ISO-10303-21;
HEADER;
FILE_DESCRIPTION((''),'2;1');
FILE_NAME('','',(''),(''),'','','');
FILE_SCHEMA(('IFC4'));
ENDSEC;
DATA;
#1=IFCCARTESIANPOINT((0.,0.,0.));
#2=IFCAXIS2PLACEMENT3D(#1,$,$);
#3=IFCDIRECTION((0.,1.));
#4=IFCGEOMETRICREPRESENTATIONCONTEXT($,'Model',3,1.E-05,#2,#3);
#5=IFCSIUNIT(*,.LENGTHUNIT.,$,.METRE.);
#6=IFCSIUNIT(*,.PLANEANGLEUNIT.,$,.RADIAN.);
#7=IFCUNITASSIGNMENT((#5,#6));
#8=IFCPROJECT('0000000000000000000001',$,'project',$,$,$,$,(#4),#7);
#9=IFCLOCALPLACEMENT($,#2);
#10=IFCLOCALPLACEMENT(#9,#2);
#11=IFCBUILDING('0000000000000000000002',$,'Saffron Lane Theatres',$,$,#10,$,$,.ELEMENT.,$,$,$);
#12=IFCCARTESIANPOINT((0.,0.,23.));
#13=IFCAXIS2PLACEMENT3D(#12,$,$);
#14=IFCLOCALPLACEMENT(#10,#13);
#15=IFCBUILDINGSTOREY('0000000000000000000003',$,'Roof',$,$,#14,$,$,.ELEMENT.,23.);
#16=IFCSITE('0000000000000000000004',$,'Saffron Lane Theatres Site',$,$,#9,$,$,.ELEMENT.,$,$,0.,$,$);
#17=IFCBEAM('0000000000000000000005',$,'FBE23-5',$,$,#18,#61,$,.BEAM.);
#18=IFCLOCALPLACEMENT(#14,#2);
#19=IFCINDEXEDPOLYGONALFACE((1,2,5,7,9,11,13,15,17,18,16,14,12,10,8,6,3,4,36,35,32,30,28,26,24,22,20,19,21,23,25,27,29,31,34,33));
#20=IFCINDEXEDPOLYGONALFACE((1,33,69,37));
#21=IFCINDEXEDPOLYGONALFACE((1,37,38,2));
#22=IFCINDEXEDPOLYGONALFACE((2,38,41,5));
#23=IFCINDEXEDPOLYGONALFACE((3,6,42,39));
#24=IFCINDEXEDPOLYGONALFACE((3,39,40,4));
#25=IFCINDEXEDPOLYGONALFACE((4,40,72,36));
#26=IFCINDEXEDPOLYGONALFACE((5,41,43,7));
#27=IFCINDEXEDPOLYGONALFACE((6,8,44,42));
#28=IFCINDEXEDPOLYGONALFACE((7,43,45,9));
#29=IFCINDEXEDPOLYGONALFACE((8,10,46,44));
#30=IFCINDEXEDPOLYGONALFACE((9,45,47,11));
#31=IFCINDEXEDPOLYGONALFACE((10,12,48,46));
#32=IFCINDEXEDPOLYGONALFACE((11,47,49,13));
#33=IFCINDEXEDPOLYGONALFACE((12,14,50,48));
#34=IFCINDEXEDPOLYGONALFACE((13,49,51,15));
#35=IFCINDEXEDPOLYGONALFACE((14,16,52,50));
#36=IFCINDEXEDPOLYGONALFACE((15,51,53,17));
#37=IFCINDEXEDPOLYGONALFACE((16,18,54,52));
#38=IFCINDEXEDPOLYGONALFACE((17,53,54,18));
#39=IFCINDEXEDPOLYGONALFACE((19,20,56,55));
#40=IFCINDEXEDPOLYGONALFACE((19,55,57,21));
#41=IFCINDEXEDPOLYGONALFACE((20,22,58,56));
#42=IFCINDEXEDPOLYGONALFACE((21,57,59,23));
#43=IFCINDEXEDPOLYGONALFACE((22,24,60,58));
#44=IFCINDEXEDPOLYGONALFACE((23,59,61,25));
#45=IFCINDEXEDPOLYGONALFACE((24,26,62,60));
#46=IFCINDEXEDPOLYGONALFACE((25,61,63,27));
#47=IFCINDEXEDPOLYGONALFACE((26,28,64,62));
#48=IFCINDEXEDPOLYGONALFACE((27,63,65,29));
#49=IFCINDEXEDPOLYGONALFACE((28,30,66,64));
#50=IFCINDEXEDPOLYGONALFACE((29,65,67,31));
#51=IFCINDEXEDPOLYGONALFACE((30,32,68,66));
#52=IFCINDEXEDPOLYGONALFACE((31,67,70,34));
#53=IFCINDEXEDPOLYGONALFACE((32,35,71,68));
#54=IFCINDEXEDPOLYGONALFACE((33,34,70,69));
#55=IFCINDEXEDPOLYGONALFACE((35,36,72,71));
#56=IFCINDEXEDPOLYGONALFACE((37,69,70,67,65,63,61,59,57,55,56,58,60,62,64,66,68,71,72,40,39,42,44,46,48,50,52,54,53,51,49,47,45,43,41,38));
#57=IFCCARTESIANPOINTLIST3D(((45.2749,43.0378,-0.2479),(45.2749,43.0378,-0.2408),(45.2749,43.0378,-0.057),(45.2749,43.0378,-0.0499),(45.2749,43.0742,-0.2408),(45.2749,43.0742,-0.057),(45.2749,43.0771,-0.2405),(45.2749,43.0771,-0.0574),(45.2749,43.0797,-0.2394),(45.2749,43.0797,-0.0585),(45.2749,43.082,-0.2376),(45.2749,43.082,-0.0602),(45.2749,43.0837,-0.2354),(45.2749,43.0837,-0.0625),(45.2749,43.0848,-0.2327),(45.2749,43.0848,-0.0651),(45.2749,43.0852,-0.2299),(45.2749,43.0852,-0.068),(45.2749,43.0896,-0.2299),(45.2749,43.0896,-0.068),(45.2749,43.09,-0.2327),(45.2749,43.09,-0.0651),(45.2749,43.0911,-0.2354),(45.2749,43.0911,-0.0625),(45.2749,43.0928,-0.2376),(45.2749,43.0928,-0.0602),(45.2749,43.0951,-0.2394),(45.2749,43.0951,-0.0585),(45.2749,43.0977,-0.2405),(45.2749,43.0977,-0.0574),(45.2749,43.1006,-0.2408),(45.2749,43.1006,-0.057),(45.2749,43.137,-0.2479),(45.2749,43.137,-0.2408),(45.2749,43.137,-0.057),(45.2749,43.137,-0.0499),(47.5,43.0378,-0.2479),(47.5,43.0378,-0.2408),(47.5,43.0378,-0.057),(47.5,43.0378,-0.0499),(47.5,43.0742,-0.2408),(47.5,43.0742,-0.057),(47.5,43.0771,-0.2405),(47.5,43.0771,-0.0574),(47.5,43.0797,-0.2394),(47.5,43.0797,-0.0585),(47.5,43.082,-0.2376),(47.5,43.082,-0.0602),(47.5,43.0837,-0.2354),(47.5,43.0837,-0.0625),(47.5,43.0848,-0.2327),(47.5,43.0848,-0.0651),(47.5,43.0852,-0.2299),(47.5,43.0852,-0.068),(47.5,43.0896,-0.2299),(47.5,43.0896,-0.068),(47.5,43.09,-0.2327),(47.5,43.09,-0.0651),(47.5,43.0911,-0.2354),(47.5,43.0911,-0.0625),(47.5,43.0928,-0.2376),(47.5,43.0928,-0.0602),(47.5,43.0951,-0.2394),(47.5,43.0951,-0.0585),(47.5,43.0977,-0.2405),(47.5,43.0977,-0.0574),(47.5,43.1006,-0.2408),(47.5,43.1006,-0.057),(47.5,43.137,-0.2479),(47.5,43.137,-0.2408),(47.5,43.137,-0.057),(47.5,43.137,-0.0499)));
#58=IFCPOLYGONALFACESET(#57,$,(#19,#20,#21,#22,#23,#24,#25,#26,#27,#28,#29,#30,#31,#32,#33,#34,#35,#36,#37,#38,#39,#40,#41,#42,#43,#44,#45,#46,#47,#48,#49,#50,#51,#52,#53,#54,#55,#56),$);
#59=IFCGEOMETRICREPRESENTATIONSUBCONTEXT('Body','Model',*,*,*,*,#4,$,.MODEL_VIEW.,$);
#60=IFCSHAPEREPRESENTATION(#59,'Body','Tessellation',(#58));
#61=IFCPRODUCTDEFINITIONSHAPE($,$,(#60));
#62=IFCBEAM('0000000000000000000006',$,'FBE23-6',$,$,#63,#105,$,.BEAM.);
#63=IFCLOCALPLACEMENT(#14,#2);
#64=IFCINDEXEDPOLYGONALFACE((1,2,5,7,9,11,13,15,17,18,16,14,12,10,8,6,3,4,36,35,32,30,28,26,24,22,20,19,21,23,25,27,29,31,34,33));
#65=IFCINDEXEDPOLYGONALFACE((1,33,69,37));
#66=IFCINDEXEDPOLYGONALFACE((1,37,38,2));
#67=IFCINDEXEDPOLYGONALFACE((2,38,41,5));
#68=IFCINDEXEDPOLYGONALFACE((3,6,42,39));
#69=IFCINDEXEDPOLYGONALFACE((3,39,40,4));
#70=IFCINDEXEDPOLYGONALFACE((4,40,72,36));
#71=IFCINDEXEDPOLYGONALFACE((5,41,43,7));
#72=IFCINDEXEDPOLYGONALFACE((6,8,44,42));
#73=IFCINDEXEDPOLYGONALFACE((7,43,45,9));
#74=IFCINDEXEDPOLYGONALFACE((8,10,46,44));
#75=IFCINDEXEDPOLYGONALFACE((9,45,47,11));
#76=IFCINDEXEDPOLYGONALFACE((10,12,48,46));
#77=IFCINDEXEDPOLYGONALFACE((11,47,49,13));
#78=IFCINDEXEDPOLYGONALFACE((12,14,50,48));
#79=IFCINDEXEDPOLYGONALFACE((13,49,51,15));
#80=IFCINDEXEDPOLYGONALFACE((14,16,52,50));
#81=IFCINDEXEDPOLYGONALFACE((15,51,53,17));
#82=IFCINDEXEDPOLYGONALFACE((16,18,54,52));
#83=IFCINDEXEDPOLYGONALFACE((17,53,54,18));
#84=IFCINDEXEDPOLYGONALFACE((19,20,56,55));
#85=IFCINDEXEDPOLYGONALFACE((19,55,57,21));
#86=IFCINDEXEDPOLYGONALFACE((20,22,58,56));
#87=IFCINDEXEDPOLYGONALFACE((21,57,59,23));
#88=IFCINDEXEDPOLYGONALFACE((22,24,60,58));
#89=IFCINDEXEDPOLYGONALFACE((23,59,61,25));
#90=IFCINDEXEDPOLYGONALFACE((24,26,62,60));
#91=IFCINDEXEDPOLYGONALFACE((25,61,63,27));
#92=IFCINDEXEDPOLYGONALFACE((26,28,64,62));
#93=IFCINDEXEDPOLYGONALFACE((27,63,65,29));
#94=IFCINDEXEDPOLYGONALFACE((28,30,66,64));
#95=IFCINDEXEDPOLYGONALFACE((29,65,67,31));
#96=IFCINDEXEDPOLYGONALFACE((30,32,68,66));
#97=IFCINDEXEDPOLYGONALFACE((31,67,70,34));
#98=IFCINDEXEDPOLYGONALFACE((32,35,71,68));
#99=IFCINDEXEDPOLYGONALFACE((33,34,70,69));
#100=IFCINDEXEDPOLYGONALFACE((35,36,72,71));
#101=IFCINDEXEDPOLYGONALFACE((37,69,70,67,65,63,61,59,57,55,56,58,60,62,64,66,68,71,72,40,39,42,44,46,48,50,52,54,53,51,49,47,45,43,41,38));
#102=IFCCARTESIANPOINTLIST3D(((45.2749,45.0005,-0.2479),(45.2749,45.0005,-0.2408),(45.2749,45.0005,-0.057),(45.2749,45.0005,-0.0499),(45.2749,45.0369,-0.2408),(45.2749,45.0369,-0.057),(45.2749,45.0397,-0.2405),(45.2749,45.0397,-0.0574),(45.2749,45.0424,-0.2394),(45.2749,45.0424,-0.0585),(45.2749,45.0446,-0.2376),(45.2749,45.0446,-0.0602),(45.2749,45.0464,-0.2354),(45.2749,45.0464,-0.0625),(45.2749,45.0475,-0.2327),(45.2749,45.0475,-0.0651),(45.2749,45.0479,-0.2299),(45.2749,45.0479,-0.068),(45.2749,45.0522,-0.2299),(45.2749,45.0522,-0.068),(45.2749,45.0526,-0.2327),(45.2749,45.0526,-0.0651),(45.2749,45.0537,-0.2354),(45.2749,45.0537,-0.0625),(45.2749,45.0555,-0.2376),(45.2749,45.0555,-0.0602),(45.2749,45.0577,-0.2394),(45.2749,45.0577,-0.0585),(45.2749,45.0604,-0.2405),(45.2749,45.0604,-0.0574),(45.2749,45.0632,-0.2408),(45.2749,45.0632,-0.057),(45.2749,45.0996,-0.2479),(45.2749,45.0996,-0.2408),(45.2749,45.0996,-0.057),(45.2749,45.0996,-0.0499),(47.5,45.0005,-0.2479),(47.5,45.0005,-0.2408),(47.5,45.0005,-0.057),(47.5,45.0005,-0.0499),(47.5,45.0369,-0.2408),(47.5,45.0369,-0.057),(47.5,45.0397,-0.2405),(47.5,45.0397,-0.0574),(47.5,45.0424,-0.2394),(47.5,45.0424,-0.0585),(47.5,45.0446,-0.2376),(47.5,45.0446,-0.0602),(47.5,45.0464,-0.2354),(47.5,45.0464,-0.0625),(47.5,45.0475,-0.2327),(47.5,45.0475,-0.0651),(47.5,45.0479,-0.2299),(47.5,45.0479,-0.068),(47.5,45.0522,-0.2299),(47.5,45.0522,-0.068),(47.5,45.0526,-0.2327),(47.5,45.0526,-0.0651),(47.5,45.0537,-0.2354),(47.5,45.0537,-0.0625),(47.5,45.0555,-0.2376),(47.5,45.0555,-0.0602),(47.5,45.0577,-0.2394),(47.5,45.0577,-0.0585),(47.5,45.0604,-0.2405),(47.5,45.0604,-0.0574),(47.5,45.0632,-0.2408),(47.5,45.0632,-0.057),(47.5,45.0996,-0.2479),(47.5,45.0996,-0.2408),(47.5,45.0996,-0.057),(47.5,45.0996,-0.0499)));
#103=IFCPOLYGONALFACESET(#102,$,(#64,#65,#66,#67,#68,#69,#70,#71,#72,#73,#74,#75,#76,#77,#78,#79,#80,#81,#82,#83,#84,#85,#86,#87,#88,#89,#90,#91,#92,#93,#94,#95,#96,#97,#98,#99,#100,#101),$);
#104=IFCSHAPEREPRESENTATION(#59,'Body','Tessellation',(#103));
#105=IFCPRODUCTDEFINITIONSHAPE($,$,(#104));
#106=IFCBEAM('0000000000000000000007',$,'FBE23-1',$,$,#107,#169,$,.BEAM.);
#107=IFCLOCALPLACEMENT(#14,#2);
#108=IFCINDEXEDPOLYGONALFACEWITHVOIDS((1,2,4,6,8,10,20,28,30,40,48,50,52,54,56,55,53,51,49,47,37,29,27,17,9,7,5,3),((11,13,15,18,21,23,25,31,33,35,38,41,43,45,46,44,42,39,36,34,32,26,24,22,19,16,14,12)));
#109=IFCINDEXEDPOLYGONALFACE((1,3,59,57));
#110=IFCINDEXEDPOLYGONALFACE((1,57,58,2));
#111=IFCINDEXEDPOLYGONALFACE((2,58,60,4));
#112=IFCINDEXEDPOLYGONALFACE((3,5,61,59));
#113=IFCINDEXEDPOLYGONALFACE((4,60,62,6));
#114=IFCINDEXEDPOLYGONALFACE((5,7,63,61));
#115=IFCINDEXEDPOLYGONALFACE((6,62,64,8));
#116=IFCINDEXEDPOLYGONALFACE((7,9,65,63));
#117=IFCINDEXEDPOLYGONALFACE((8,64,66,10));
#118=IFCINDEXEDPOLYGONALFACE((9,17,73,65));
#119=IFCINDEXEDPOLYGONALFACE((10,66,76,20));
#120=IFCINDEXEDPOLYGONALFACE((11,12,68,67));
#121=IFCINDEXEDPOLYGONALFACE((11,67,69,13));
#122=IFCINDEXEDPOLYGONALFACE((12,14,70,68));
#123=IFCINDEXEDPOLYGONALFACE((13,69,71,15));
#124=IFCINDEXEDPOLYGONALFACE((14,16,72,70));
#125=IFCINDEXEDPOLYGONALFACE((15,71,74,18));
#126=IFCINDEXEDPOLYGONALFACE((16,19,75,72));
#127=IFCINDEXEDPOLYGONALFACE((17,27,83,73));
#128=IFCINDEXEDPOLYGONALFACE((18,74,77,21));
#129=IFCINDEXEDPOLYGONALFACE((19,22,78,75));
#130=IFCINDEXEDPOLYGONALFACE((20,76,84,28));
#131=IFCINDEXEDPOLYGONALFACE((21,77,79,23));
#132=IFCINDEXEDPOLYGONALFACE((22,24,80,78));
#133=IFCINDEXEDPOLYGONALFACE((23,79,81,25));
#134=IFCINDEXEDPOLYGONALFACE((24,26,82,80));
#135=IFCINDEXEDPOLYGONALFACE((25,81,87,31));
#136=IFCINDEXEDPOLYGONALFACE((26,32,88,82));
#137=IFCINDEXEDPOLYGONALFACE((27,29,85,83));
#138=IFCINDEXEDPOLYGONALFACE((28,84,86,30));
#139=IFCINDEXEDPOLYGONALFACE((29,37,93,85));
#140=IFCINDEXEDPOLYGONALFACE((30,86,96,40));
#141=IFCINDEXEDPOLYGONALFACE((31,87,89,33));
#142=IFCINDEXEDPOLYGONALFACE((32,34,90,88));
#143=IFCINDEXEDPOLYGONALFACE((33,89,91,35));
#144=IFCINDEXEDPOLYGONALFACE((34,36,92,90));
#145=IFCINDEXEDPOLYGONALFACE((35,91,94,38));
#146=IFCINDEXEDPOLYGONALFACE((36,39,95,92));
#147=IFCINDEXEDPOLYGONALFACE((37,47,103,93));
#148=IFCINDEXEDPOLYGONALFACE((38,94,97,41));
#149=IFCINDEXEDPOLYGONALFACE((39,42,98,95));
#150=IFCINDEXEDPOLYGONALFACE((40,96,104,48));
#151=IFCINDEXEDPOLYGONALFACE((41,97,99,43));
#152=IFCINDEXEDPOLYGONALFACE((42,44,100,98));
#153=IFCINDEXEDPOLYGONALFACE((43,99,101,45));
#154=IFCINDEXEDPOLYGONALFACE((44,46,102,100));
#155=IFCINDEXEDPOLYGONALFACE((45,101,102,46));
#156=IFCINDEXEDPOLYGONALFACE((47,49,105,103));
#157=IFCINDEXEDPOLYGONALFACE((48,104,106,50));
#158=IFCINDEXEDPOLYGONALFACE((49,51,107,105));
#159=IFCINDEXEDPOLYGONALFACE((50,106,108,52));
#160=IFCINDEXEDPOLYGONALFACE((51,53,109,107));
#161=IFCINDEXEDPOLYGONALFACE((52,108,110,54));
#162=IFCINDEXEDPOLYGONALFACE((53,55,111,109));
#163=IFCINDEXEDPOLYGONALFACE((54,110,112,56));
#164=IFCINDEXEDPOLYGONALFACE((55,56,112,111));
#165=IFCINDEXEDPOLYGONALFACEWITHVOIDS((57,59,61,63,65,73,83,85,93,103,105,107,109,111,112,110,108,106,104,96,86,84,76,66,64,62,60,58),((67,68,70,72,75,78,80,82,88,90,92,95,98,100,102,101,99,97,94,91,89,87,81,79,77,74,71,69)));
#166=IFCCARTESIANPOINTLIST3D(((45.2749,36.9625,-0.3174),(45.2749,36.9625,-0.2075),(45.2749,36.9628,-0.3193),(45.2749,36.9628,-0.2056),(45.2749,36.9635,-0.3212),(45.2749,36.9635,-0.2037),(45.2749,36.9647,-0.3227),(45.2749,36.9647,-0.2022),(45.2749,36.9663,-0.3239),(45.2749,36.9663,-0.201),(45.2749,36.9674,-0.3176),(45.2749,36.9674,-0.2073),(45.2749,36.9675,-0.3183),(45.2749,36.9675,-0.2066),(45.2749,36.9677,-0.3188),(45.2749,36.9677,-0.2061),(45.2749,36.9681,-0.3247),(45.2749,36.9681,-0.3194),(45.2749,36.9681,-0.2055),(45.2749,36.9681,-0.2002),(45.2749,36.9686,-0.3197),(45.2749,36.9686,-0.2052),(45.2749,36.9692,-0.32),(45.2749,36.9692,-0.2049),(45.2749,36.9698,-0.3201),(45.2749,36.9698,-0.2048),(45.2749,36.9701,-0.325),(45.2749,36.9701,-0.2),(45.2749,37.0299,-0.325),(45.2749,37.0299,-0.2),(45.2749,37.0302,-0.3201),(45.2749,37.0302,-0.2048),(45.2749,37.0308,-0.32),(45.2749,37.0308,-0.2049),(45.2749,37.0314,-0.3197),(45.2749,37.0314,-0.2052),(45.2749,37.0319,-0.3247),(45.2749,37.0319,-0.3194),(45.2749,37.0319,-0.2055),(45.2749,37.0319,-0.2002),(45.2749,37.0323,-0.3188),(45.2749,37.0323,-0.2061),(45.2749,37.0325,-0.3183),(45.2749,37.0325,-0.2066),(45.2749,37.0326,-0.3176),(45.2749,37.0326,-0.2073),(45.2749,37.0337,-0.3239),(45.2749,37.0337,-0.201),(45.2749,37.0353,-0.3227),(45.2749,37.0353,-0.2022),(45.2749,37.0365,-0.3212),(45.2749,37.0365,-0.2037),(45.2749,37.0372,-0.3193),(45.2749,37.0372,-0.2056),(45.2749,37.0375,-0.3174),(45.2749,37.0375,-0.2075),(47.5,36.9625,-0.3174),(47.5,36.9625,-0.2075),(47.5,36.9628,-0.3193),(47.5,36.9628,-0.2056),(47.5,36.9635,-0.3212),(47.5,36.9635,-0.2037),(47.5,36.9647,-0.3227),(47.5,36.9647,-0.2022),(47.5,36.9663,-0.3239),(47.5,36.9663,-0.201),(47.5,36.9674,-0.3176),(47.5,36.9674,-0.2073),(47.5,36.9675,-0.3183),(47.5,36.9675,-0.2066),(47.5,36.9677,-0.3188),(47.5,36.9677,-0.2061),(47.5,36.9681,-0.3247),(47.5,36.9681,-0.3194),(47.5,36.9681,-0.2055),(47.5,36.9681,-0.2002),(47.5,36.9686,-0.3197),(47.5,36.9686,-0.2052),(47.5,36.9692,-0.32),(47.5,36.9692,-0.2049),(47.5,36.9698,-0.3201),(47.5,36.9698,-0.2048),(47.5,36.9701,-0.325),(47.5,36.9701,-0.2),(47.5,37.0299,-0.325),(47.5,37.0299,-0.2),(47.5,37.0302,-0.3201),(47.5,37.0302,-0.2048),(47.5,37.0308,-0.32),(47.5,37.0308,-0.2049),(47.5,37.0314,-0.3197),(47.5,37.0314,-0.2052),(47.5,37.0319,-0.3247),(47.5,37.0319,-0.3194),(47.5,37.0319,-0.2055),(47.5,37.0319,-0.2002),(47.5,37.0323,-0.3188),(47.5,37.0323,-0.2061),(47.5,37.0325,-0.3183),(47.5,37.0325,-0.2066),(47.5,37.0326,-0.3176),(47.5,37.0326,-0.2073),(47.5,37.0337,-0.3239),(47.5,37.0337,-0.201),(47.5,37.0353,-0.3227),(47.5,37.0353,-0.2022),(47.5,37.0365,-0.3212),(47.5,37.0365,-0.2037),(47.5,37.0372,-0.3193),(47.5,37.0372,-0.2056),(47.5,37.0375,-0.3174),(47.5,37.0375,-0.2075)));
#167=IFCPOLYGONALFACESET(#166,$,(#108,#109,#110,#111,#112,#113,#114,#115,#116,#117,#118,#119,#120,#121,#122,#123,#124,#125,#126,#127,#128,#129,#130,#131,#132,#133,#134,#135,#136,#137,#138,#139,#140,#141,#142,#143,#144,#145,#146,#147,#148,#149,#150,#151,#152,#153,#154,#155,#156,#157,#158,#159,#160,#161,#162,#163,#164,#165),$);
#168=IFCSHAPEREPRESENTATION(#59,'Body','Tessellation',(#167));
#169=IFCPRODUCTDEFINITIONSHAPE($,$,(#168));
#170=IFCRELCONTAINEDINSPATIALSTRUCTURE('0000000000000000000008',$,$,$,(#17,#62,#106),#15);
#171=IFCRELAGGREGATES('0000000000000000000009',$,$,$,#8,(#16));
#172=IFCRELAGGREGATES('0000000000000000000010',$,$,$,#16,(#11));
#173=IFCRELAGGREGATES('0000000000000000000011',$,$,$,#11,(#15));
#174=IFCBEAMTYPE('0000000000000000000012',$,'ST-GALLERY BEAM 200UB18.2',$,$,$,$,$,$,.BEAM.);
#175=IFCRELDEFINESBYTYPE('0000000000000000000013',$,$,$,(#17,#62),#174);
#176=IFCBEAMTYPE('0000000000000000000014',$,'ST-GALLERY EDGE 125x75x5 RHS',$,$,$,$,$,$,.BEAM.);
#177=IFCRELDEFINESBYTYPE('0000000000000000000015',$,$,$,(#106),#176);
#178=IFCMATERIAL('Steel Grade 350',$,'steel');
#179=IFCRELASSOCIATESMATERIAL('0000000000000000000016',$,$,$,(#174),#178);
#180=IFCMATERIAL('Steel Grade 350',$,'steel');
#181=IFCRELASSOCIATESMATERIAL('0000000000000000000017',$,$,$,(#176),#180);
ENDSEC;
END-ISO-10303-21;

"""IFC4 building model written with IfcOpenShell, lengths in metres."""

from ifc_helpers import new_model, si_unit, direction, frame, origin, origin_2d, place, context, subcontext, project, spatial, hollow_rectangle, i_section, extrude, material, material_profile, profile_set, type_object, element, save


model = new_model("IFC4")

# Units and contexts
model_context = context("Model", 3, precision=1e-05, world=origin(), true_north=direction((0.0, 1.0)))
body_context = subcontext(model_context, "Body", "Model", "MODEL_VIEW")
ifc_project = project(units=[si_unit("LENGTHUNIT", "METRE"), si_unit("PLANEANGLEUNIT", "RADIAN")], contexts=[model_context])

# Site, building, storey
site_placement = place(None, origin())
site = spatial("IfcSite", under=ifc_project, at=site_placement, Name="Saffron Lane Theatres Site", CompositionType="ELEMENT", RefElevation=0.0)
building_placement = place(site_placement, origin())
building = spatial("IfcBuilding", under=site, at=building_placement, Name="Saffron Lane Theatres", CompositionType="ELEMENT")
storey_placement = place(building_placement, frame((0.0, 0.0, 23.0)))
storey = spatial("IfcBuildingStorey", under=building, at=storey_placement, Name="Roof", CompositionType="ELEMENT", Elevation=23.0)

# Beams
ifc_material_1 = material(Name="Steel Grade 350", Category="steel")
ifc_material_profile_1 = material_profile(ifc_material_1, i_section(OverallWidth=0.0991, OverallDepth=0.198, WebThickness=0.0044, FlangeThickness=0.0071, FilletRadius=0.011, at=origin_2d()))
ifc_profile_set_1 = profile_set([ifc_material_profile_1], Name="Steel Grade 350")
beam_type_1 = type_object("IfcBeamType", Name="ST-GALLERY BEAM 200UB18.2", PredefinedType="BEAM", material=ifc_profile_set_1)
for number, where, z_axis, x_axis, name in (
    (1, (45.2749, 43.0874, -0.1489), (1.0, 0.0, 0.0), (0.0, 1.0, 0.0), "FBE23-5"),
    (2, (45.2749, 45.05, -0.1489), (1.0, 0.0, 0.0), (0.0, 1.0, 0.0), "FBE23-6"),
):
    element("IfcBeam", number, at=place(storey_placement, frame(where, z_axis=z_axis, x_axis=x_axis)), inside=storey, type_object=beam_type_1, Name=name, PredefinedType="BEAM", context=body_context, shape_type="SweptSolid", body=[
        extrude(i_section(OverallWidth=0.0991, OverallDepth=0.198, WebThickness=0.0044, FlangeThickness=0.0071, FilletRadius=0.011, at=origin_2d()), origin(), (0.0, 0.0, 1.0), 2.2251),
    ])
ifc_material_2 = material(Name="Steel Grade 350", Category="steel")
ifc_material_profile_2 = material_profile(ifc_material_2, hollow_rectangle(XDim=0.075, YDim=0.125, WallThickness=0.0049, InnerFilletRadius=0.0024, OuterFilletRadius=0.0076, at=origin_2d()))
ifc_profile_set_2 = profile_set([ifc_material_profile_2], Name="Steel Grade 350")
beam_type_2 = type_object("IfcBeamType", Name="ST-GALLERY EDGE 125x75x5 RHS", PredefinedType="BEAM", material=ifc_profile_set_2)
beam_1_placement = place(storey_placement, frame((45.2749, 37.0, -0.2625), z_axis=(1.0, 0.0, 0.0), x_axis=(0.0, 1.0, 0.0)))
element("IfcBeam", 3, at=beam_1_placement, inside=storey, type_object=beam_type_2, Name="FBE23-1", PredefinedType="BEAM", context=body_context, shape_type="SweptSolid", body=[
    extrude(hollow_rectangle(XDim=0.075, YDim=0.125, WallThickness=0.0049, InnerFilletRadius=0.0024, OuterFilletRadius=0.0076, at=origin_2d()), origin(), (0.0, 0.0, 1.0), 2.2251),
])

save(model, "model.ifc")
